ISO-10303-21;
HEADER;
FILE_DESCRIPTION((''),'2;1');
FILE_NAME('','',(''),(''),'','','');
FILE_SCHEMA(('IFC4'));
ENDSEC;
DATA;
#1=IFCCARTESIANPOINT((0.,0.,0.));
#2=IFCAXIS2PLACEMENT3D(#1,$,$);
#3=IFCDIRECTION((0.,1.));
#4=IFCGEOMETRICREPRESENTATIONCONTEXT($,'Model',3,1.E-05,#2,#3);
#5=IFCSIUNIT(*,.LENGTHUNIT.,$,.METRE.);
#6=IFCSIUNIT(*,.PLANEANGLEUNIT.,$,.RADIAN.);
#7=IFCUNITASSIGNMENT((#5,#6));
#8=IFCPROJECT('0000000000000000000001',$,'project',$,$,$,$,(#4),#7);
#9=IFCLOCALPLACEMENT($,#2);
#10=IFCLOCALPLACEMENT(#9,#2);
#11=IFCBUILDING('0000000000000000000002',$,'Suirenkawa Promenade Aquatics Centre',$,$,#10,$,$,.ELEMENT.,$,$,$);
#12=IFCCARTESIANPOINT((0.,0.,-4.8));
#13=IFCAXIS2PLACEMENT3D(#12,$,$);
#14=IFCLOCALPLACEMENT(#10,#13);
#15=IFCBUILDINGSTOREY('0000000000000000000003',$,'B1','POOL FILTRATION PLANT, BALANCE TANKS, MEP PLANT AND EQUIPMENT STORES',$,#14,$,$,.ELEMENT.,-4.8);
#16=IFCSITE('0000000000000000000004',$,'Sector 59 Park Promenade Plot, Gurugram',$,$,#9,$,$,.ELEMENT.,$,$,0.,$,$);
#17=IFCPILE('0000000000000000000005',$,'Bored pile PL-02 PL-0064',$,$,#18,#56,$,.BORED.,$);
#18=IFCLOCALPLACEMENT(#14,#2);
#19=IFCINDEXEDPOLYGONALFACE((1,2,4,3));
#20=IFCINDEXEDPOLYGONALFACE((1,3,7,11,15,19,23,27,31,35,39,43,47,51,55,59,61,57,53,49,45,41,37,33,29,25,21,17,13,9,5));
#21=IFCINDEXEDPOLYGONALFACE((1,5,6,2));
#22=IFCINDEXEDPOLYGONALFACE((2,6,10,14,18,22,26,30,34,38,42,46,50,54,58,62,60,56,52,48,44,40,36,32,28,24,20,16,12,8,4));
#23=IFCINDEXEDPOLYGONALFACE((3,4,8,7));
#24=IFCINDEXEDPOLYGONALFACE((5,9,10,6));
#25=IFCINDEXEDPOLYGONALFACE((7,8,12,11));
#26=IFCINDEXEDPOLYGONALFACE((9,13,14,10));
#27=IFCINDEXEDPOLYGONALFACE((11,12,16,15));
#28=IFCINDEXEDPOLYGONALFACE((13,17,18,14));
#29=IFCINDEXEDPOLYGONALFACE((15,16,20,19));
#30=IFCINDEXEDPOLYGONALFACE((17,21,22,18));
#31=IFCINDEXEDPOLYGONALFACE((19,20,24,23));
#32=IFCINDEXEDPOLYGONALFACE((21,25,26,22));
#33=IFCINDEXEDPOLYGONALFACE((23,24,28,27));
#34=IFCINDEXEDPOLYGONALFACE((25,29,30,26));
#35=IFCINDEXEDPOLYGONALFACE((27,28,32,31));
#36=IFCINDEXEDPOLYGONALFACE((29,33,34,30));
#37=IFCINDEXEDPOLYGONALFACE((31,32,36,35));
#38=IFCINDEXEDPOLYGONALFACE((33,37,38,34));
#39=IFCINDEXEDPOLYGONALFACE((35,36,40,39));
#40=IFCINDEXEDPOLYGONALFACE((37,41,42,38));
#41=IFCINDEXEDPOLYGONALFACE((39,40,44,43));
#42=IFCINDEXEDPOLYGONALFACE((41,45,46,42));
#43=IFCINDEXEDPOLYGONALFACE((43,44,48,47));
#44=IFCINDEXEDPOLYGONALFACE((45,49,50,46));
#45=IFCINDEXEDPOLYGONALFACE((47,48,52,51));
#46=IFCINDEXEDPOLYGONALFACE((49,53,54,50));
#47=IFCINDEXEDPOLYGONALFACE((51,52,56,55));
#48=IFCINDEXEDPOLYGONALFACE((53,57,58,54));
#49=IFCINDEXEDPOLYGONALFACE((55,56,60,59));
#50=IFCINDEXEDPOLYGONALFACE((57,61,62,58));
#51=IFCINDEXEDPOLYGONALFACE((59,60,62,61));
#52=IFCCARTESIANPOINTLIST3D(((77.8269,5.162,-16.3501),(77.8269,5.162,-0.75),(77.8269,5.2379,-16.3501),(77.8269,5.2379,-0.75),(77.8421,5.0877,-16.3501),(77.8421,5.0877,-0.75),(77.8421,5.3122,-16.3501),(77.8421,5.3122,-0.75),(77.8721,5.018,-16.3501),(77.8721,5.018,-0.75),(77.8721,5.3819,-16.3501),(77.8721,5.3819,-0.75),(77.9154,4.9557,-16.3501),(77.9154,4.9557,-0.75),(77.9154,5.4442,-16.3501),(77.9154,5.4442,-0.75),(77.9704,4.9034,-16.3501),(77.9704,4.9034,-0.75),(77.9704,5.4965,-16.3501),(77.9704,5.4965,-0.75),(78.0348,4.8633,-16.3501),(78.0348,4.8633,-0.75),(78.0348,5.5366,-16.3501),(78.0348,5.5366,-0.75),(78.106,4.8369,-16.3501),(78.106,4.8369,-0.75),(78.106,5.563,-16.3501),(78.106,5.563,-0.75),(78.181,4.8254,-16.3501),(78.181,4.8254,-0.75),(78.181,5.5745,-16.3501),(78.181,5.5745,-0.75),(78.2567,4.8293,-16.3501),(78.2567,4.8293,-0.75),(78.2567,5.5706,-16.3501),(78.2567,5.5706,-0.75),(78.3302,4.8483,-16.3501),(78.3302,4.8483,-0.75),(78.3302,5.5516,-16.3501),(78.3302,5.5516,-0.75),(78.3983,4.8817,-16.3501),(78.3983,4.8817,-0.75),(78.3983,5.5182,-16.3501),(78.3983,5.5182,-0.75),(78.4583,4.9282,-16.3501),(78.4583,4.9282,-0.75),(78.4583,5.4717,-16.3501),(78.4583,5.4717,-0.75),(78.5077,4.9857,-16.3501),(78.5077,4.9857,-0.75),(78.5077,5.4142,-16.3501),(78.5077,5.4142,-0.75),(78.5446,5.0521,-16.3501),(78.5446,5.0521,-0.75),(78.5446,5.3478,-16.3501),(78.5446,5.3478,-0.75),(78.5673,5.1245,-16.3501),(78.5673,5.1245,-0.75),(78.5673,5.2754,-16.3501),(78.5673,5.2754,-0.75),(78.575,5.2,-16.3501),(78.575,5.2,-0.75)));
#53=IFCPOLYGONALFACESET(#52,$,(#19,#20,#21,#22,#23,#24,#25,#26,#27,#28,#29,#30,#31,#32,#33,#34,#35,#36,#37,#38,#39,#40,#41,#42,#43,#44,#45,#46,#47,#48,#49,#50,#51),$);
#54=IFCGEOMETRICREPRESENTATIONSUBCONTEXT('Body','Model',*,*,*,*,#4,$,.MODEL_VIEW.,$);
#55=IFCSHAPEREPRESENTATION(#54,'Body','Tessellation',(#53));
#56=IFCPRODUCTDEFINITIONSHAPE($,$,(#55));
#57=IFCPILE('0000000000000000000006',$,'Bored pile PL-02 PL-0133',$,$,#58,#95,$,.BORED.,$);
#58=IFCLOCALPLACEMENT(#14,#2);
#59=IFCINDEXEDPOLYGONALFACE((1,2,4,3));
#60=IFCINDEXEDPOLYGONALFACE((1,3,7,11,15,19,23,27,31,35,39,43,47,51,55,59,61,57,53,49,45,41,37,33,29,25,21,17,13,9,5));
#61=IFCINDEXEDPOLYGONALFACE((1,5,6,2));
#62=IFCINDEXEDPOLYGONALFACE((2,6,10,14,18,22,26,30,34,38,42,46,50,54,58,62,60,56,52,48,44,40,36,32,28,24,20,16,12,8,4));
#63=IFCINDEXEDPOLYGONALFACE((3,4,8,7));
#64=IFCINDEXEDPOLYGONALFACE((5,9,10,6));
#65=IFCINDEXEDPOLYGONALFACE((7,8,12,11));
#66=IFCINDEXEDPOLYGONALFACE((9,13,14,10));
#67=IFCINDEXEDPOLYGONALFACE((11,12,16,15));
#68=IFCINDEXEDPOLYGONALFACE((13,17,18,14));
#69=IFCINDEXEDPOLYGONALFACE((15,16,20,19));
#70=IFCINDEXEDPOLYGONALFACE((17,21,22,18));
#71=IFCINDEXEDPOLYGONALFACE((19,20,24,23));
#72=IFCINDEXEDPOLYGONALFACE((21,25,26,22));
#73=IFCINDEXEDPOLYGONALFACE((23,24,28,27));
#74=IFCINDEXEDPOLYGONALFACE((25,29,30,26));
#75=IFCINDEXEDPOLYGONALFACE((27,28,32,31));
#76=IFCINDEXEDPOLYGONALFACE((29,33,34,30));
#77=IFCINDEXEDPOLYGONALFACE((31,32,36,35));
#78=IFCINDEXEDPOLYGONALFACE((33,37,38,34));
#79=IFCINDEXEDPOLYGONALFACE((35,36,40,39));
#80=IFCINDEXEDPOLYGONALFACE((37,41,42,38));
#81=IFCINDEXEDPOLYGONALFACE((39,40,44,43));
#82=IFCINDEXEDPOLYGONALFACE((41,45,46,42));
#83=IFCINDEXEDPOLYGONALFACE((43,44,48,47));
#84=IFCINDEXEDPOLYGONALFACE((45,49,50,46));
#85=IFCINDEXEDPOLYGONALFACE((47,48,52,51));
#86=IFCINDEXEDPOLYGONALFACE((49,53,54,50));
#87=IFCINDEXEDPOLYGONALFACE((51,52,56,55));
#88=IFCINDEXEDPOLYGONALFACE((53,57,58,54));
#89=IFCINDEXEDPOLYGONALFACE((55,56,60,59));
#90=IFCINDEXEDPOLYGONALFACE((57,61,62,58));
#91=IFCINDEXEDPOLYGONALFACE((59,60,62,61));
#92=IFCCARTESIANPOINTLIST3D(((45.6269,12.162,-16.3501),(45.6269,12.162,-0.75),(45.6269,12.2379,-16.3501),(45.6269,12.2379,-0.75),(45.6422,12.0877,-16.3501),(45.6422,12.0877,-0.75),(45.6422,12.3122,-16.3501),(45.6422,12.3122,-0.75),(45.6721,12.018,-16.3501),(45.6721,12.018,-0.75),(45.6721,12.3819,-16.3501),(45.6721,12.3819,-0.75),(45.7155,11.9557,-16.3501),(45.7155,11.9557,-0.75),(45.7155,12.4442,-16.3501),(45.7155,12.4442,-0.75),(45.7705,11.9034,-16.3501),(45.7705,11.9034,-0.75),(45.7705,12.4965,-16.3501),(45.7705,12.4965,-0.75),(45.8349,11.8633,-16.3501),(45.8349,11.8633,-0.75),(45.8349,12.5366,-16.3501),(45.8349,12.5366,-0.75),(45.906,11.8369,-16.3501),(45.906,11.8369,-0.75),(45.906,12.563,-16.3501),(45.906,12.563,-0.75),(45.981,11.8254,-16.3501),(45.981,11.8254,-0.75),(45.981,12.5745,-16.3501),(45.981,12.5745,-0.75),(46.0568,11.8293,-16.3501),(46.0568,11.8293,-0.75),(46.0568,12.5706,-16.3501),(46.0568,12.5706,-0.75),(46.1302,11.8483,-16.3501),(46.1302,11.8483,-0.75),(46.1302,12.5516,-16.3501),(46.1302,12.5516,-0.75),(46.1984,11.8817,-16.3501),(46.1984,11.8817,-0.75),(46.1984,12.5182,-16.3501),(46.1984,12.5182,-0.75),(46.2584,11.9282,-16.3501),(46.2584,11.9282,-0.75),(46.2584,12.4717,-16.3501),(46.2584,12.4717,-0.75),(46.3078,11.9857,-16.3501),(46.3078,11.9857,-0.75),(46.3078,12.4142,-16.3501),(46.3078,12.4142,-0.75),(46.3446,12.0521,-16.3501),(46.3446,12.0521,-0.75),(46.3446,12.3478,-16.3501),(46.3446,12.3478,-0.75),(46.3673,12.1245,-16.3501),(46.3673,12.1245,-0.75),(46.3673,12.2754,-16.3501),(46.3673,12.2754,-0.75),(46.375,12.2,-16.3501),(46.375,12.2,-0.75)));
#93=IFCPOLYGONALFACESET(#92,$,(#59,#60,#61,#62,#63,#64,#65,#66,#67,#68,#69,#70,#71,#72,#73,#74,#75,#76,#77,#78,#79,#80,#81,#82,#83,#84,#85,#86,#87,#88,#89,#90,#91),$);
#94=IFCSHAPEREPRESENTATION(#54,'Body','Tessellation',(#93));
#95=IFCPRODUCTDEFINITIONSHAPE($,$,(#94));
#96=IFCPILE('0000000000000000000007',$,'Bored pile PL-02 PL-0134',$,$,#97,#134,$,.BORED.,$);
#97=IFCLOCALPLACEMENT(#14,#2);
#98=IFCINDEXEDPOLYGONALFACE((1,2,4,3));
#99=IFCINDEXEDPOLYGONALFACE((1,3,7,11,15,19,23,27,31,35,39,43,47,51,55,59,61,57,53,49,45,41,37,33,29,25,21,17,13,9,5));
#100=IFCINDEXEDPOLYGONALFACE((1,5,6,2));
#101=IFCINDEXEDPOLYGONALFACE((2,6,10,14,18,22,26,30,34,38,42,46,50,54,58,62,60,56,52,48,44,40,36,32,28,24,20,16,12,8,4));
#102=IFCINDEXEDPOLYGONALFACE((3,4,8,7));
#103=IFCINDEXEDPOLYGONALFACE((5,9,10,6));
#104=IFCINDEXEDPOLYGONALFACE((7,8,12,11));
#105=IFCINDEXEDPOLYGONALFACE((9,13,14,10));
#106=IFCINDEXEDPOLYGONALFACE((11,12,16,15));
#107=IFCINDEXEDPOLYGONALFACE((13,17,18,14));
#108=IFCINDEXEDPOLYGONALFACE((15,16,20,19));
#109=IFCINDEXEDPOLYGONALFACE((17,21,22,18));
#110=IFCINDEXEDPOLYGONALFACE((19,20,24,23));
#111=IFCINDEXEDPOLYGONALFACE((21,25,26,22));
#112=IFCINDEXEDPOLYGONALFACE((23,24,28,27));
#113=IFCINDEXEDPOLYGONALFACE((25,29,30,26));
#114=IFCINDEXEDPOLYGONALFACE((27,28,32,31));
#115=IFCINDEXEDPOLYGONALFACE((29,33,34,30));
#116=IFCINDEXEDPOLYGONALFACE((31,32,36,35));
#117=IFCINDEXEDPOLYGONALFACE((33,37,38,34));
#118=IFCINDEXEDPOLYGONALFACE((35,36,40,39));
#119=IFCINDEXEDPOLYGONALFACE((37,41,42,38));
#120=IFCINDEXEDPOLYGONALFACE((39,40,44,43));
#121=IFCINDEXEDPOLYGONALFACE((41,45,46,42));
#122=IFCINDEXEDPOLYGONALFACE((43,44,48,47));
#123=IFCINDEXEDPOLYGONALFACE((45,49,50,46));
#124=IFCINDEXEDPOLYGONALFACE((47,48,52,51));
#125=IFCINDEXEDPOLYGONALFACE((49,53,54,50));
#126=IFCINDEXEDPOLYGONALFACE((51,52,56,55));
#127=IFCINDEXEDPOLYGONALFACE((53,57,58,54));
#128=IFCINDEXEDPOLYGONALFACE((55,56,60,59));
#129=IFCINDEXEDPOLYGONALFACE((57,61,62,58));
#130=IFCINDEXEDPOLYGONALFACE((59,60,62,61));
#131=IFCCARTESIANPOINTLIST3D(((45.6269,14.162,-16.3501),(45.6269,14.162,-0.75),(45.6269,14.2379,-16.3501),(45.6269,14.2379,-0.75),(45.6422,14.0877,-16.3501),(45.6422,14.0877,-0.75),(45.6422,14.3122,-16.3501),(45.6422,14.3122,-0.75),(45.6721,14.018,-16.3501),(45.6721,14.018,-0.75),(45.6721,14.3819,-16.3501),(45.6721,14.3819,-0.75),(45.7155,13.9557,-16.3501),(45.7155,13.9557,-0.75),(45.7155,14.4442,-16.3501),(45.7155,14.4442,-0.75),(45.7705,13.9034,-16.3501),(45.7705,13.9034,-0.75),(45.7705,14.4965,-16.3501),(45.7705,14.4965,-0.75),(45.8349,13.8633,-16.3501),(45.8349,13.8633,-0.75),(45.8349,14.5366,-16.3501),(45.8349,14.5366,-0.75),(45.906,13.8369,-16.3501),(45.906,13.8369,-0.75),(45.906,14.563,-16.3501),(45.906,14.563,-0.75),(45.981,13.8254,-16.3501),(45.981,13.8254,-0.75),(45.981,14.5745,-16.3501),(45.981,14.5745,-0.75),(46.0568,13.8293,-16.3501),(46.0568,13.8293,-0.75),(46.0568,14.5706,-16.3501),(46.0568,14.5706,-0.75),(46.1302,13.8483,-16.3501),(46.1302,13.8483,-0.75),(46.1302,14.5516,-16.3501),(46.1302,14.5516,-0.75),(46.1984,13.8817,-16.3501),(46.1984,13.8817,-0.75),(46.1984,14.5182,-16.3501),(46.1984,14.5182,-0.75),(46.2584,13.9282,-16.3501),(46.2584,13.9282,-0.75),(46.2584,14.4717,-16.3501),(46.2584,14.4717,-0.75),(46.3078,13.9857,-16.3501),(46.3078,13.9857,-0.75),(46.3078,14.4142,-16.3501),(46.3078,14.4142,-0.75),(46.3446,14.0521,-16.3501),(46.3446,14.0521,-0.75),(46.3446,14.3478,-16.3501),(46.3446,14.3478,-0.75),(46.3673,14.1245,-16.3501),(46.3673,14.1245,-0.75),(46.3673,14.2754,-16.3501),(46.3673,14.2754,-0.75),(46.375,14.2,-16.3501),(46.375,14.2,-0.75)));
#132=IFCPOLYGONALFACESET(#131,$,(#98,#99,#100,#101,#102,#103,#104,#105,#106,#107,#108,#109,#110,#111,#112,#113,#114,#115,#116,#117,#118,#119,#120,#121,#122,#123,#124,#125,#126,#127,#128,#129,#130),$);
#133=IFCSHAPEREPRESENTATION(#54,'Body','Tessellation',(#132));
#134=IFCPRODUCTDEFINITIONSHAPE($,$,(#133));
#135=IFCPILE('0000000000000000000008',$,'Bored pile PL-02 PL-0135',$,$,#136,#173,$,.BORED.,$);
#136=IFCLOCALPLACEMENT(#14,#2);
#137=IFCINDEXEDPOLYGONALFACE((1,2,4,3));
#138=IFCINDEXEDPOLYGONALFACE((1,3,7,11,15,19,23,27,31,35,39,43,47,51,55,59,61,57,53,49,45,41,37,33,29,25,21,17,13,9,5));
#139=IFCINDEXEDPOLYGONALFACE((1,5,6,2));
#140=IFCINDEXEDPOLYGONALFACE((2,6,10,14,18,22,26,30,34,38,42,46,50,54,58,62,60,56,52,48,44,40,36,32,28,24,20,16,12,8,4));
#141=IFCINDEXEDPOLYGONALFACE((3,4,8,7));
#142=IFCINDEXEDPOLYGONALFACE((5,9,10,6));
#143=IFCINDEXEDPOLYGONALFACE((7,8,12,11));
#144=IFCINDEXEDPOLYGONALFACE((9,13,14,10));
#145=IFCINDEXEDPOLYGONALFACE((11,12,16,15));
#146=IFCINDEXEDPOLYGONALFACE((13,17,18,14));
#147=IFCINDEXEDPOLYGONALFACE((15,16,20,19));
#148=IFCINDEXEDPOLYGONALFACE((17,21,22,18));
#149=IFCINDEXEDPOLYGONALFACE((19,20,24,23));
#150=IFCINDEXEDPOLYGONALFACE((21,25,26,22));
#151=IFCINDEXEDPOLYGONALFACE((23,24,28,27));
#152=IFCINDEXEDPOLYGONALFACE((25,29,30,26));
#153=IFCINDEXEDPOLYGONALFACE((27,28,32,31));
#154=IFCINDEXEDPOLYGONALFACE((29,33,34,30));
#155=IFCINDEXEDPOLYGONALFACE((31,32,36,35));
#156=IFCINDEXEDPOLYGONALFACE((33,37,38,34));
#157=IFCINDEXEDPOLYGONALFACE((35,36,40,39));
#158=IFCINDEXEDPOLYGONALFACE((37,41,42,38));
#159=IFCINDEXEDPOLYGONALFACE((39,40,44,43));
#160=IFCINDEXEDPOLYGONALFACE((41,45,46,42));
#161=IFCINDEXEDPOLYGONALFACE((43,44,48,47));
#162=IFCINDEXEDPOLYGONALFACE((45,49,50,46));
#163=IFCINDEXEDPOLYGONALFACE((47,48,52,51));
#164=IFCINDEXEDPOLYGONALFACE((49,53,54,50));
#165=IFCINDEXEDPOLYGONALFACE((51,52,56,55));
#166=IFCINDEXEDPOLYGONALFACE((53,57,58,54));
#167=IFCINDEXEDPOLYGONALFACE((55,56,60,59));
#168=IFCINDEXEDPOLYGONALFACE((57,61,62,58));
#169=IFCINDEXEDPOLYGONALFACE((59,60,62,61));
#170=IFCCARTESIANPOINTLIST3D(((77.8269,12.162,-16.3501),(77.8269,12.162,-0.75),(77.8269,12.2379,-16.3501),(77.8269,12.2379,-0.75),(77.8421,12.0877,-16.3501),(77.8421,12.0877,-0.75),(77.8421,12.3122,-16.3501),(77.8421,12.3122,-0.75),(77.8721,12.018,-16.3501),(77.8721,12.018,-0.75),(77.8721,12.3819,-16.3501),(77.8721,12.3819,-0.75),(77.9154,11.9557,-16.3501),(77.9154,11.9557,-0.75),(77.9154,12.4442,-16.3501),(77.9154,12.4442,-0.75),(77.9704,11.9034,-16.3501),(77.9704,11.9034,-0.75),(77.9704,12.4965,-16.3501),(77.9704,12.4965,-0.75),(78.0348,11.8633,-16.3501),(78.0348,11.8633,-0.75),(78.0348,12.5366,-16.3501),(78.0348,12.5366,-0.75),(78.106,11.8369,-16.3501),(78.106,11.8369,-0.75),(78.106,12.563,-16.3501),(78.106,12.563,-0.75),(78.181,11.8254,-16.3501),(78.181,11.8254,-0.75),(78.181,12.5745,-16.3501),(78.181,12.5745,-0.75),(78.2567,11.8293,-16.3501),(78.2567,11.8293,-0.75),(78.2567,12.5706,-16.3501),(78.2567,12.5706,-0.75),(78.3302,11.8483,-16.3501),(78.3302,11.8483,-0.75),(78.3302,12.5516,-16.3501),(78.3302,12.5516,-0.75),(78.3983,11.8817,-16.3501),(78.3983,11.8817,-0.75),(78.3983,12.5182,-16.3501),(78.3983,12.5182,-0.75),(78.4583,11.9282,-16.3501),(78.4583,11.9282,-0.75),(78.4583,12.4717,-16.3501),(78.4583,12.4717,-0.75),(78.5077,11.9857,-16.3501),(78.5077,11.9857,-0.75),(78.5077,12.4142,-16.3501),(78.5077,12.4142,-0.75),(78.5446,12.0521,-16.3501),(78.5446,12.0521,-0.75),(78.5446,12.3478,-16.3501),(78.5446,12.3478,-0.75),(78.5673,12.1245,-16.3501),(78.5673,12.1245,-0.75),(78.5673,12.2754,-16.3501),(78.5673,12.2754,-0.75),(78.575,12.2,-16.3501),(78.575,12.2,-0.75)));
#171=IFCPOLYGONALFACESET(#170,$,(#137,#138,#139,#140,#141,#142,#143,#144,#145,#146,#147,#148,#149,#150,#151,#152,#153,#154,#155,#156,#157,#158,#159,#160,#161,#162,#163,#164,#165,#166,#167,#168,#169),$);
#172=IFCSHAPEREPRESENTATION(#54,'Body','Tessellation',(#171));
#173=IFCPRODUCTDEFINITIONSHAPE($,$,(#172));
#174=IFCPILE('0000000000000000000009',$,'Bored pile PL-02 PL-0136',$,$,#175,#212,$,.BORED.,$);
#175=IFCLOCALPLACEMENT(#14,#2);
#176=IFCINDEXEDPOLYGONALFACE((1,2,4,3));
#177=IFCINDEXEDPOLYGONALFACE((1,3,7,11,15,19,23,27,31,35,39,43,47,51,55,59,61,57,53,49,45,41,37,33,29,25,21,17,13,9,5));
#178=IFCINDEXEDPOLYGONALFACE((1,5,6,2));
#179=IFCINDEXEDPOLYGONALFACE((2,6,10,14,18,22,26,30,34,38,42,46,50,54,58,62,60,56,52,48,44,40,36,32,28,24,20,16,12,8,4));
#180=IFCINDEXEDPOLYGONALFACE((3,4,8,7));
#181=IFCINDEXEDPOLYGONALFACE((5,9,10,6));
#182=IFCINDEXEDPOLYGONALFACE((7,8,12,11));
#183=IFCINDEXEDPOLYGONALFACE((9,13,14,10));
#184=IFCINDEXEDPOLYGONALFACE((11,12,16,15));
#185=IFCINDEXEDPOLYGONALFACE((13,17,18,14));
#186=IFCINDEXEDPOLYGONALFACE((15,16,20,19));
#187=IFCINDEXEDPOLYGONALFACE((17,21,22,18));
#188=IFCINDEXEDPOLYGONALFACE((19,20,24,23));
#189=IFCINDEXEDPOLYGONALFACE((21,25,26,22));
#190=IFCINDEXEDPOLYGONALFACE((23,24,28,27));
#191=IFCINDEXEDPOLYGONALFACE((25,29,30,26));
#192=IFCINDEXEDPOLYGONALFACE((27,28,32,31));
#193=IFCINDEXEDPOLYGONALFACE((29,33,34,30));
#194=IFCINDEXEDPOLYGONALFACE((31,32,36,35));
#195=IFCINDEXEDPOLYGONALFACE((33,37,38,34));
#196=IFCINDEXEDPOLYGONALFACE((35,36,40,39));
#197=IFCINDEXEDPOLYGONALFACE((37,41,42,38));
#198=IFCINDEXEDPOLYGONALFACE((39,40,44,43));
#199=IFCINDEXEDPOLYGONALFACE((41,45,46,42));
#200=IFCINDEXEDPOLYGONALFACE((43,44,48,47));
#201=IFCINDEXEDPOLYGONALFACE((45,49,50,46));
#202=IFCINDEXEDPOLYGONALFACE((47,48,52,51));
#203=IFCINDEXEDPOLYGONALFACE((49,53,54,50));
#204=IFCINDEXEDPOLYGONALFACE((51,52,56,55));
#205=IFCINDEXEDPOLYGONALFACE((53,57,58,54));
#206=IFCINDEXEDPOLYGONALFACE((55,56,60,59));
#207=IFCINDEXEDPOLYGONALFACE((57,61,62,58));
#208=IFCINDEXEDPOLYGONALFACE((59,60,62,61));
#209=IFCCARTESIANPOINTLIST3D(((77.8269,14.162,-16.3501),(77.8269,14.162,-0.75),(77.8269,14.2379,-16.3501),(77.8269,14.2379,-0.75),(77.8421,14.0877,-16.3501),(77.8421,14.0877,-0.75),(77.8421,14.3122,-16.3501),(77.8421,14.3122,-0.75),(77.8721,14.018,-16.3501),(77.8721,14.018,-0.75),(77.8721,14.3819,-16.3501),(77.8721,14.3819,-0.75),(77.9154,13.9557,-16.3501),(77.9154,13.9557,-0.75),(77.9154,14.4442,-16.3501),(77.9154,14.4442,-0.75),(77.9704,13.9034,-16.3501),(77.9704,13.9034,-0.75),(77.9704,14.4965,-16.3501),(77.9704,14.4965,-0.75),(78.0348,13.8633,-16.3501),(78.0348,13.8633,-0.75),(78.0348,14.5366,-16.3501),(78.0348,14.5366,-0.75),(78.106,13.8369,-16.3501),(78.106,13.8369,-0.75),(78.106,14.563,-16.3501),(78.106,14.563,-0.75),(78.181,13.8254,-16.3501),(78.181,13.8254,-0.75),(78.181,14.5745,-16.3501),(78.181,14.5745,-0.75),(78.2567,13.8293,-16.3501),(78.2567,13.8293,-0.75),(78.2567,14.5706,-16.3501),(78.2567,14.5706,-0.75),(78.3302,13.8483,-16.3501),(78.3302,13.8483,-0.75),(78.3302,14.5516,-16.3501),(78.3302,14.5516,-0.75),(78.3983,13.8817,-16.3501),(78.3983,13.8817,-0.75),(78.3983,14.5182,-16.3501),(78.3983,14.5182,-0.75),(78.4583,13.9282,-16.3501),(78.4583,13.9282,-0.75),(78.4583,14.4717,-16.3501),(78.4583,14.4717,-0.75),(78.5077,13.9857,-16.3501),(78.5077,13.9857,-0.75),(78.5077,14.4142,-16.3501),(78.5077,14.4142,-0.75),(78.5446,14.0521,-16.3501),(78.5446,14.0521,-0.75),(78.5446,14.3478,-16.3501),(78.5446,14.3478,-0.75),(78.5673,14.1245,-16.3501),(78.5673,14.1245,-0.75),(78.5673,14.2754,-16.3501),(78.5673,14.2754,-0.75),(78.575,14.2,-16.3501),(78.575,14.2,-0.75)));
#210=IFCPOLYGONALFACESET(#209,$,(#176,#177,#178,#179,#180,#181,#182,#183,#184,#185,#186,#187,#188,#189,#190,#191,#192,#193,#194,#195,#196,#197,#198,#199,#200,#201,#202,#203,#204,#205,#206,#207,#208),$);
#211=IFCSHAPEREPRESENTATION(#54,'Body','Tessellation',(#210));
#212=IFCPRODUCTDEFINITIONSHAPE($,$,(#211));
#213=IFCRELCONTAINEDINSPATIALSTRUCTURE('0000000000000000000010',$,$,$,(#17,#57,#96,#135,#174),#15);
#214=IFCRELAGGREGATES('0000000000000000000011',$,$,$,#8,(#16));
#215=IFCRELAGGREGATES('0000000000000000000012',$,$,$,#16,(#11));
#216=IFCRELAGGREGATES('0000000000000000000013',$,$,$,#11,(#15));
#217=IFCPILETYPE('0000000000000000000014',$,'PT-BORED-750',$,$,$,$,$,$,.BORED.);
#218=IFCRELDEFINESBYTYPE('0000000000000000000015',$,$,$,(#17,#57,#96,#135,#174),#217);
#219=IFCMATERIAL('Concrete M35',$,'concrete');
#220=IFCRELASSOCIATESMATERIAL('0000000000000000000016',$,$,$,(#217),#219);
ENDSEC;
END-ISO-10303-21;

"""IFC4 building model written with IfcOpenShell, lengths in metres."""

from ifc_helpers import new_model, si_unit, direction, frame, origin, origin_2d, place, context, subcontext, project, spatial, circle, extrude, material, material_profile, profile_set, type_object, element, save


model = new_model("IFC4")

# Units and contexts
model_context = context("Model", 3, precision=1e-05, world=origin(), true_north=direction((0.0, 1.0)))
body_context = subcontext(model_context, "Body", "Model", "MODEL_VIEW")
ifc_project = project(units=[si_unit("LENGTHUNIT", "METRE"), si_unit("PLANEANGLEUNIT", "RADIAN")], contexts=[model_context])

# Site, building, storey
site_placement = place(None, origin())
site = spatial("IfcSite", under=ifc_project, at=site_placement, Name="Sector 59 Park Promenade Plot, Gurugram", CompositionType="ELEMENT", RefElevation=0.0)
building_placement = place(site_placement, origin())
building = spatial("IfcBuilding", under=site, at=building_placement, Name="Suirenkawa Promenade Aquatics Centre", CompositionType="ELEMENT")
storey_placement = place(building_placement, frame((0.0, 0.0, -4.8)))
storey = spatial("IfcBuildingStorey", under=building, at=storey_placement, Name="B1", Description="POOL FILTRATION PLANT, BALANCE TANKS, MEP PLANT AND EQUIPMENT STORES", CompositionType="ELEMENT", Elevation=-4.8)

# Shared definitions
ifc_material_1 = material(Name="Concrete M35", Category="concrete")

# Piles
ifc_material_profile_1 = material_profile(ifc_material_1, circle(Radius=0.375, at=origin_2d()), Name="PILE D750", Category="concrete")
ifc_profile_set_1 = profile_set([ifc_material_profile_1], Name="Concrete M35")
pile_type_1 = type_object("IfcPileType", Name="PT-BORED-750", PredefinedType="BORED", material=ifc_profile_set_1)
for number, where, z_axis, x_axis, name in (
    (1, (78.2, 5.2, -0.75), (0.0, 0.0, -1.0), (1.0, 0.0, 0.0), "Bored pile PL-02 PL-0064"),
    (2, (46.0, 12.2, -0.75), (0.0, 0.0, -1.0), (1.0, 0.0, 0.0), "Bored pile PL-02 PL-0133"),
    (3, (46.0, 14.2, -0.75), (0.0, 0.0, -1.0), (1.0, 0.0, 0.0), "Bored pile PL-02 PL-0134"),
    (4, (78.2, 12.2, -0.75), (0.0, 0.0, -1.0), (1.0, 0.0, 0.0), "Bored pile PL-02 PL-0135"),
    (5, (78.2, 14.2, -0.75), (0.0, 0.0, -1.0), (1.0, 0.0, 0.0), "Bored pile PL-02 PL-0136"),
):
    element("IfcPile", number, at=place(storey_placement, frame(where, z_axis=z_axis, x_axis=x_axis)), inside=storey, type_object=pile_type_1, Name=name, PredefinedType="BORED", context=body_context, shape_type="SweptSolid", body=[
        extrude(circle(Radius=0.375, at=origin_2d()), origin(), (0.0, 0.0, 1.0), 15.6001),
    ])

save(model, "model.ifc")
